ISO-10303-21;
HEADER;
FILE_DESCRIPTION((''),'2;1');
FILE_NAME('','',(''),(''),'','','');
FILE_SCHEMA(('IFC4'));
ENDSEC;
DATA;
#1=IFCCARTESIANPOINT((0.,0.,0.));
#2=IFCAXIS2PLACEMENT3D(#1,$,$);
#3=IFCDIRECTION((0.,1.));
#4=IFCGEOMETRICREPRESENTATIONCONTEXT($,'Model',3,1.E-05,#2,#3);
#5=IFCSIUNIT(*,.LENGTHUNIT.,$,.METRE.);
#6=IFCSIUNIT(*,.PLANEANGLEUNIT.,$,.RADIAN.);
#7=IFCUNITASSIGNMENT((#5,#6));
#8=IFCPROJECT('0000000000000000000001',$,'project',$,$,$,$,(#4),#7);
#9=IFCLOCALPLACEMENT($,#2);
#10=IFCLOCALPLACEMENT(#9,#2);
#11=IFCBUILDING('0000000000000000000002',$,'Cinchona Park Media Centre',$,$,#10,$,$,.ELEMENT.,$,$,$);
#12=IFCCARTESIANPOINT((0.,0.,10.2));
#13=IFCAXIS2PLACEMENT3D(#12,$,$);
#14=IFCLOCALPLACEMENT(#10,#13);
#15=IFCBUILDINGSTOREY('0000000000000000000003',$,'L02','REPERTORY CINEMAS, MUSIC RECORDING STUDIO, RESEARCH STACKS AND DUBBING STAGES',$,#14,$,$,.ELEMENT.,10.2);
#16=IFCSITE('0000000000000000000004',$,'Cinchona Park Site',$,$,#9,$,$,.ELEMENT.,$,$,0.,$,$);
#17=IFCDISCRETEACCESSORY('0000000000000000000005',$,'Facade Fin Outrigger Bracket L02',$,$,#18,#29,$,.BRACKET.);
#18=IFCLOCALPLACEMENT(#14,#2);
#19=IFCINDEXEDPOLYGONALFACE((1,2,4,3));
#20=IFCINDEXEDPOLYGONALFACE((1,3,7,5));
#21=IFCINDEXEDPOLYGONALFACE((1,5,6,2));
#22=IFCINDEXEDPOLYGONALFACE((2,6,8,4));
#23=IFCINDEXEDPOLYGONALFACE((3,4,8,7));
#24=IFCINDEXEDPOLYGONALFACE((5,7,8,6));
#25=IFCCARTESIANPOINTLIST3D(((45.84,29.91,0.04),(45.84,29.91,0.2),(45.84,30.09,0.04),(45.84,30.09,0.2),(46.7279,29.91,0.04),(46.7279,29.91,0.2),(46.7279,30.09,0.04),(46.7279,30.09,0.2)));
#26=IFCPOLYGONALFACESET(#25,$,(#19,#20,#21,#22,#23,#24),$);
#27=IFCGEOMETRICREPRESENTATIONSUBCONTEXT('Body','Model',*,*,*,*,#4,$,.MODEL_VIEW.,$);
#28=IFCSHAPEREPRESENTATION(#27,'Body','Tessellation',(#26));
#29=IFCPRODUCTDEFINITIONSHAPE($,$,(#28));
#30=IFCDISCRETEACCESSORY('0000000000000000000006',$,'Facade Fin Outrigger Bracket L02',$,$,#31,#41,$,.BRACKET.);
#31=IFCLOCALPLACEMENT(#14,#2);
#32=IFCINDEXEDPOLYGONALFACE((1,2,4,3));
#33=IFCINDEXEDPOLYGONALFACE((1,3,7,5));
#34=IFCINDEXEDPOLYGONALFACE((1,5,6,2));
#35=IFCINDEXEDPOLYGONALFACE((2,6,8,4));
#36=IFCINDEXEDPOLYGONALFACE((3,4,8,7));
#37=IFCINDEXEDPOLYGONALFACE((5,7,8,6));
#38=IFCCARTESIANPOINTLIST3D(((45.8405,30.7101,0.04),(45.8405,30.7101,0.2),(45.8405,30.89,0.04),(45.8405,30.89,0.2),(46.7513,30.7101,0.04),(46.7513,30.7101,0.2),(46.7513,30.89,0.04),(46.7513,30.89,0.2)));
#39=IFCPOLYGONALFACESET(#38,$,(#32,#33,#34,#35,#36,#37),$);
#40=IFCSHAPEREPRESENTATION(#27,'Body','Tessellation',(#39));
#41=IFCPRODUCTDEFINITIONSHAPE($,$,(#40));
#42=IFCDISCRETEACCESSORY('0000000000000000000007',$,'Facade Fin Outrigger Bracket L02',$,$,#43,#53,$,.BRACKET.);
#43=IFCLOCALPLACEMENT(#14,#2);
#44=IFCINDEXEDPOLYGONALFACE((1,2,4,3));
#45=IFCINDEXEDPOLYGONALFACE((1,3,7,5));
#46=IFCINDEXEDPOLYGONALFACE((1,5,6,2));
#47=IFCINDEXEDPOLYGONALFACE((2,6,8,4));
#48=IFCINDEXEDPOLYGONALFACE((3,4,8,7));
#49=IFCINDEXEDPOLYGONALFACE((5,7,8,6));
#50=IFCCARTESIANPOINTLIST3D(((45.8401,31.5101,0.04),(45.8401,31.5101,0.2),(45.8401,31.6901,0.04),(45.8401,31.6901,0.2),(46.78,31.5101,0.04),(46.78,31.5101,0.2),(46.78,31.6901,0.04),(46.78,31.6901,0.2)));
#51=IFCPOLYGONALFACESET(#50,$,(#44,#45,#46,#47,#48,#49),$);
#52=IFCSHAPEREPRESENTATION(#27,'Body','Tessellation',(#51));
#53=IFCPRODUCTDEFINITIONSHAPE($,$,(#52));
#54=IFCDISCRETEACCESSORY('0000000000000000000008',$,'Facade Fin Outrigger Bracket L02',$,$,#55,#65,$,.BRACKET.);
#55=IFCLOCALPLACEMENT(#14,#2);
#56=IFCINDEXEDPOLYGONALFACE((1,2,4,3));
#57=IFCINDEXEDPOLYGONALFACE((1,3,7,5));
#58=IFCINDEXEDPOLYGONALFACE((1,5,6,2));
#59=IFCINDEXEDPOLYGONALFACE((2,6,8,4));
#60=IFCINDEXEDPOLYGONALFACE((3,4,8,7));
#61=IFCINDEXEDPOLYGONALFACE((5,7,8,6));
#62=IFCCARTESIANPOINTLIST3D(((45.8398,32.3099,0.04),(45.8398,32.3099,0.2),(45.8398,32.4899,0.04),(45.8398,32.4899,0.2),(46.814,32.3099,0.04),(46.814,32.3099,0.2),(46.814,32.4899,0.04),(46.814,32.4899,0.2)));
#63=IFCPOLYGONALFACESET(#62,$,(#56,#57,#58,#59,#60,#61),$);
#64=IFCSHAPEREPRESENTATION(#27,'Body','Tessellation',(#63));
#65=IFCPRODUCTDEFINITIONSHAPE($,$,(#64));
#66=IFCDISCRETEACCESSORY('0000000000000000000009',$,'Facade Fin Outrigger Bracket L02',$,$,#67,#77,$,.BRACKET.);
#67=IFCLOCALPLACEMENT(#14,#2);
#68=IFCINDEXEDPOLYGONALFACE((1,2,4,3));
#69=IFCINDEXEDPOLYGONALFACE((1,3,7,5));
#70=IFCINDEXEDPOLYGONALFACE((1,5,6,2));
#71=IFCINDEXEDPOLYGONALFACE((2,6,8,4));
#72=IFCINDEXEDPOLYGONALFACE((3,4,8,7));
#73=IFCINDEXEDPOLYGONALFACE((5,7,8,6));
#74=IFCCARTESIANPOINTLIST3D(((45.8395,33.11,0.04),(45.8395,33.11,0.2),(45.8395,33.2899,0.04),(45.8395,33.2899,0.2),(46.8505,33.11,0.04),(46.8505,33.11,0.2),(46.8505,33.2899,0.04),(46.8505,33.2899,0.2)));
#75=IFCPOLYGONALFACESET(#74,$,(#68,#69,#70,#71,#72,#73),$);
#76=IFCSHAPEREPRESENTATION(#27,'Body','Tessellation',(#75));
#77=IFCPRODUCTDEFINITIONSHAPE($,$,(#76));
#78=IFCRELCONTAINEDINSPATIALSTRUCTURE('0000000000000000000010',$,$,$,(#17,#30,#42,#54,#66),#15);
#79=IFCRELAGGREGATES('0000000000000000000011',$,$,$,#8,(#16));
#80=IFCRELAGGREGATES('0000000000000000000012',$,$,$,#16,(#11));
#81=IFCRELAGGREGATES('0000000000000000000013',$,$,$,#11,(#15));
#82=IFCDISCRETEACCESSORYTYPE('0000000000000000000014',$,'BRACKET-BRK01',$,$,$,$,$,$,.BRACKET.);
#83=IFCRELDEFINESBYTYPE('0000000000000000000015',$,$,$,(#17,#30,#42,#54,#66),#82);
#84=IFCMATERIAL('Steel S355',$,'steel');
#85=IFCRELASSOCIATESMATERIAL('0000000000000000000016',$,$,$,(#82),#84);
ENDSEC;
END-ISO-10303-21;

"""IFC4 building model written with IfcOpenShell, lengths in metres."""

from ifc_helpers import new_model, si_unit, direction, frame, origin, origin_2d, place, context, subcontext, project, spatial, rectangle, extrude, material, type_object, element, save


model = new_model("IFC4")

# Units and contexts
model_context = context("Model", 3, precision=1e-05, world=origin(), true_north=direction((0.0, 1.0)))
body_context = subcontext(model_context, "Body", "Model", "MODEL_VIEW")
ifc_project = project(units=[si_unit("LENGTHUNIT", "METRE"), si_unit("PLANEANGLEUNIT", "RADIAN")], contexts=[model_context])

# Site, building, storey
site_placement = place(None, origin())
site = spatial("IfcSite", under=ifc_project, at=site_placement, Name="Cinchona Park Site", CompositionType="ELEMENT", RefElevation=0.0)
building_placement = place(site_placement, origin())
building = spatial("IfcBuilding", under=site, at=building_placement, Name="Cinchona Park Media Centre", CompositionType="ELEMENT")
storey_placement = place(building_placement, frame((0.0, 0.0, 10.2)))
storey = spatial("IfcBuildingStorey", under=building, at=storey_placement, Name="L02", Description="REPERTORY CINEMAS, MUSIC RECORDING STUDIO, RESEARCH STACKS AND DUBBING STAGES", CompositionType="ELEMENT", Elevation=10.2)

# Discrete accessories
ifc_material_1 = material(Name="Steel S355", Category="steel")
discrete_accessory_type = type_object("IfcDiscreteAccessoryType", Name="BRACKET-BRK01", PredefinedType="BRACKET", material=ifc_material_1)
discrete_accessory_1_placement = place(storey_placement, frame((46.2839, 30.0, 0.04), z_axis=(0.0, 0.0, 1.0), x_axis=(0.0, 1.0, 0.0)))
element("IfcDiscreteAccessory", 1, at=discrete_accessory_1_placement, inside=storey, type_object=discrete_accessory_type, Name="Facade Fin Outrigger Bracket L02", PredefinedType="BRACKET", context=body_context, shape_type="SweptSolid", body=[
    extrude(rectangle(XDim=0.1799, YDim=0.8879, at=origin_2d()), origin(), (0.0, 0.0, 1.0), 0.1599),
])
discrete_accessory_2_placement = place(storey_placement, frame((46.2959, 30.8, 0.04), z_axis=(0.0, 0.0, 1.0), x_axis=(0.0, 1.0, 0.0)))
element("IfcDiscreteAccessory", 2, at=discrete_accessory_2_placement, inside=storey, type_object=discrete_accessory_type, Name="Facade Fin Outrigger Bracket L02", PredefinedType="BRACKET", context=body_context, shape_type="SweptSolid", body=[
    extrude(rectangle(XDim=0.1799, YDim=0.9109, at=origin_2d()), origin(), (0.0, 0.0, 1.0), 0.1599),
])
discrete_accessory_3_placement = place(storey_placement, frame((46.3101, 31.6001, 0.04), z_axis=(0.0, 0.0, 1.0), x_axis=(0.0, 1.0, 0.0)))
element("IfcDiscreteAccessory", 3, at=discrete_accessory_3_placement, inside=storey, type_object=discrete_accessory_type, Name="Facade Fin Outrigger Bracket L02", PredefinedType="BRACKET", context=body_context, shape_type="SweptSolid", body=[
    extrude(rectangle(XDim=0.1799, YDim=0.9399, at=origin_2d()), origin(), (0.0, 0.0, 1.0), 0.1599),
])
discrete_accessory_4_placement = place(storey_placement, frame((46.3269, 32.3999, 0.04), z_axis=(0.0, 0.0, 1.0), x_axis=(0.0, 1.0, 0.0)))
element("IfcDiscreteAccessory", 4, at=discrete_accessory_4_placement, inside=storey, type_object=discrete_accessory_type, Name="Facade Fin Outrigger Bracket L02", PredefinedType="BRACKET", context=body_context, shape_type="SweptSolid", body=[
    extrude(rectangle(XDim=0.1799, YDim=0.9741, at=origin_2d()), origin(), (0.0, 0.0, 1.0), 0.1599),
])
discrete_accessory_5_placement = place(storey_placement, frame((46.345, 33.2, 0.04), z_axis=(0.0, 0.0, 1.0), x_axis=(0.0, 1.0, 0.0)))
element("IfcDiscreteAccessory", 5, at=discrete_accessory_5_placement, inside=storey, type_object=discrete_accessory_type, Name="Facade Fin Outrigger Bracket L02", PredefinedType="BRACKET", context=body_context, shape_type="SweptSolid", body=[
    extrude(rectangle(XDim=0.1799, YDim=1.011, at=origin_2d()), origin(), (0.0, 0.0, 1.0), 0.1599),
])

save(model, "model.ifc")
